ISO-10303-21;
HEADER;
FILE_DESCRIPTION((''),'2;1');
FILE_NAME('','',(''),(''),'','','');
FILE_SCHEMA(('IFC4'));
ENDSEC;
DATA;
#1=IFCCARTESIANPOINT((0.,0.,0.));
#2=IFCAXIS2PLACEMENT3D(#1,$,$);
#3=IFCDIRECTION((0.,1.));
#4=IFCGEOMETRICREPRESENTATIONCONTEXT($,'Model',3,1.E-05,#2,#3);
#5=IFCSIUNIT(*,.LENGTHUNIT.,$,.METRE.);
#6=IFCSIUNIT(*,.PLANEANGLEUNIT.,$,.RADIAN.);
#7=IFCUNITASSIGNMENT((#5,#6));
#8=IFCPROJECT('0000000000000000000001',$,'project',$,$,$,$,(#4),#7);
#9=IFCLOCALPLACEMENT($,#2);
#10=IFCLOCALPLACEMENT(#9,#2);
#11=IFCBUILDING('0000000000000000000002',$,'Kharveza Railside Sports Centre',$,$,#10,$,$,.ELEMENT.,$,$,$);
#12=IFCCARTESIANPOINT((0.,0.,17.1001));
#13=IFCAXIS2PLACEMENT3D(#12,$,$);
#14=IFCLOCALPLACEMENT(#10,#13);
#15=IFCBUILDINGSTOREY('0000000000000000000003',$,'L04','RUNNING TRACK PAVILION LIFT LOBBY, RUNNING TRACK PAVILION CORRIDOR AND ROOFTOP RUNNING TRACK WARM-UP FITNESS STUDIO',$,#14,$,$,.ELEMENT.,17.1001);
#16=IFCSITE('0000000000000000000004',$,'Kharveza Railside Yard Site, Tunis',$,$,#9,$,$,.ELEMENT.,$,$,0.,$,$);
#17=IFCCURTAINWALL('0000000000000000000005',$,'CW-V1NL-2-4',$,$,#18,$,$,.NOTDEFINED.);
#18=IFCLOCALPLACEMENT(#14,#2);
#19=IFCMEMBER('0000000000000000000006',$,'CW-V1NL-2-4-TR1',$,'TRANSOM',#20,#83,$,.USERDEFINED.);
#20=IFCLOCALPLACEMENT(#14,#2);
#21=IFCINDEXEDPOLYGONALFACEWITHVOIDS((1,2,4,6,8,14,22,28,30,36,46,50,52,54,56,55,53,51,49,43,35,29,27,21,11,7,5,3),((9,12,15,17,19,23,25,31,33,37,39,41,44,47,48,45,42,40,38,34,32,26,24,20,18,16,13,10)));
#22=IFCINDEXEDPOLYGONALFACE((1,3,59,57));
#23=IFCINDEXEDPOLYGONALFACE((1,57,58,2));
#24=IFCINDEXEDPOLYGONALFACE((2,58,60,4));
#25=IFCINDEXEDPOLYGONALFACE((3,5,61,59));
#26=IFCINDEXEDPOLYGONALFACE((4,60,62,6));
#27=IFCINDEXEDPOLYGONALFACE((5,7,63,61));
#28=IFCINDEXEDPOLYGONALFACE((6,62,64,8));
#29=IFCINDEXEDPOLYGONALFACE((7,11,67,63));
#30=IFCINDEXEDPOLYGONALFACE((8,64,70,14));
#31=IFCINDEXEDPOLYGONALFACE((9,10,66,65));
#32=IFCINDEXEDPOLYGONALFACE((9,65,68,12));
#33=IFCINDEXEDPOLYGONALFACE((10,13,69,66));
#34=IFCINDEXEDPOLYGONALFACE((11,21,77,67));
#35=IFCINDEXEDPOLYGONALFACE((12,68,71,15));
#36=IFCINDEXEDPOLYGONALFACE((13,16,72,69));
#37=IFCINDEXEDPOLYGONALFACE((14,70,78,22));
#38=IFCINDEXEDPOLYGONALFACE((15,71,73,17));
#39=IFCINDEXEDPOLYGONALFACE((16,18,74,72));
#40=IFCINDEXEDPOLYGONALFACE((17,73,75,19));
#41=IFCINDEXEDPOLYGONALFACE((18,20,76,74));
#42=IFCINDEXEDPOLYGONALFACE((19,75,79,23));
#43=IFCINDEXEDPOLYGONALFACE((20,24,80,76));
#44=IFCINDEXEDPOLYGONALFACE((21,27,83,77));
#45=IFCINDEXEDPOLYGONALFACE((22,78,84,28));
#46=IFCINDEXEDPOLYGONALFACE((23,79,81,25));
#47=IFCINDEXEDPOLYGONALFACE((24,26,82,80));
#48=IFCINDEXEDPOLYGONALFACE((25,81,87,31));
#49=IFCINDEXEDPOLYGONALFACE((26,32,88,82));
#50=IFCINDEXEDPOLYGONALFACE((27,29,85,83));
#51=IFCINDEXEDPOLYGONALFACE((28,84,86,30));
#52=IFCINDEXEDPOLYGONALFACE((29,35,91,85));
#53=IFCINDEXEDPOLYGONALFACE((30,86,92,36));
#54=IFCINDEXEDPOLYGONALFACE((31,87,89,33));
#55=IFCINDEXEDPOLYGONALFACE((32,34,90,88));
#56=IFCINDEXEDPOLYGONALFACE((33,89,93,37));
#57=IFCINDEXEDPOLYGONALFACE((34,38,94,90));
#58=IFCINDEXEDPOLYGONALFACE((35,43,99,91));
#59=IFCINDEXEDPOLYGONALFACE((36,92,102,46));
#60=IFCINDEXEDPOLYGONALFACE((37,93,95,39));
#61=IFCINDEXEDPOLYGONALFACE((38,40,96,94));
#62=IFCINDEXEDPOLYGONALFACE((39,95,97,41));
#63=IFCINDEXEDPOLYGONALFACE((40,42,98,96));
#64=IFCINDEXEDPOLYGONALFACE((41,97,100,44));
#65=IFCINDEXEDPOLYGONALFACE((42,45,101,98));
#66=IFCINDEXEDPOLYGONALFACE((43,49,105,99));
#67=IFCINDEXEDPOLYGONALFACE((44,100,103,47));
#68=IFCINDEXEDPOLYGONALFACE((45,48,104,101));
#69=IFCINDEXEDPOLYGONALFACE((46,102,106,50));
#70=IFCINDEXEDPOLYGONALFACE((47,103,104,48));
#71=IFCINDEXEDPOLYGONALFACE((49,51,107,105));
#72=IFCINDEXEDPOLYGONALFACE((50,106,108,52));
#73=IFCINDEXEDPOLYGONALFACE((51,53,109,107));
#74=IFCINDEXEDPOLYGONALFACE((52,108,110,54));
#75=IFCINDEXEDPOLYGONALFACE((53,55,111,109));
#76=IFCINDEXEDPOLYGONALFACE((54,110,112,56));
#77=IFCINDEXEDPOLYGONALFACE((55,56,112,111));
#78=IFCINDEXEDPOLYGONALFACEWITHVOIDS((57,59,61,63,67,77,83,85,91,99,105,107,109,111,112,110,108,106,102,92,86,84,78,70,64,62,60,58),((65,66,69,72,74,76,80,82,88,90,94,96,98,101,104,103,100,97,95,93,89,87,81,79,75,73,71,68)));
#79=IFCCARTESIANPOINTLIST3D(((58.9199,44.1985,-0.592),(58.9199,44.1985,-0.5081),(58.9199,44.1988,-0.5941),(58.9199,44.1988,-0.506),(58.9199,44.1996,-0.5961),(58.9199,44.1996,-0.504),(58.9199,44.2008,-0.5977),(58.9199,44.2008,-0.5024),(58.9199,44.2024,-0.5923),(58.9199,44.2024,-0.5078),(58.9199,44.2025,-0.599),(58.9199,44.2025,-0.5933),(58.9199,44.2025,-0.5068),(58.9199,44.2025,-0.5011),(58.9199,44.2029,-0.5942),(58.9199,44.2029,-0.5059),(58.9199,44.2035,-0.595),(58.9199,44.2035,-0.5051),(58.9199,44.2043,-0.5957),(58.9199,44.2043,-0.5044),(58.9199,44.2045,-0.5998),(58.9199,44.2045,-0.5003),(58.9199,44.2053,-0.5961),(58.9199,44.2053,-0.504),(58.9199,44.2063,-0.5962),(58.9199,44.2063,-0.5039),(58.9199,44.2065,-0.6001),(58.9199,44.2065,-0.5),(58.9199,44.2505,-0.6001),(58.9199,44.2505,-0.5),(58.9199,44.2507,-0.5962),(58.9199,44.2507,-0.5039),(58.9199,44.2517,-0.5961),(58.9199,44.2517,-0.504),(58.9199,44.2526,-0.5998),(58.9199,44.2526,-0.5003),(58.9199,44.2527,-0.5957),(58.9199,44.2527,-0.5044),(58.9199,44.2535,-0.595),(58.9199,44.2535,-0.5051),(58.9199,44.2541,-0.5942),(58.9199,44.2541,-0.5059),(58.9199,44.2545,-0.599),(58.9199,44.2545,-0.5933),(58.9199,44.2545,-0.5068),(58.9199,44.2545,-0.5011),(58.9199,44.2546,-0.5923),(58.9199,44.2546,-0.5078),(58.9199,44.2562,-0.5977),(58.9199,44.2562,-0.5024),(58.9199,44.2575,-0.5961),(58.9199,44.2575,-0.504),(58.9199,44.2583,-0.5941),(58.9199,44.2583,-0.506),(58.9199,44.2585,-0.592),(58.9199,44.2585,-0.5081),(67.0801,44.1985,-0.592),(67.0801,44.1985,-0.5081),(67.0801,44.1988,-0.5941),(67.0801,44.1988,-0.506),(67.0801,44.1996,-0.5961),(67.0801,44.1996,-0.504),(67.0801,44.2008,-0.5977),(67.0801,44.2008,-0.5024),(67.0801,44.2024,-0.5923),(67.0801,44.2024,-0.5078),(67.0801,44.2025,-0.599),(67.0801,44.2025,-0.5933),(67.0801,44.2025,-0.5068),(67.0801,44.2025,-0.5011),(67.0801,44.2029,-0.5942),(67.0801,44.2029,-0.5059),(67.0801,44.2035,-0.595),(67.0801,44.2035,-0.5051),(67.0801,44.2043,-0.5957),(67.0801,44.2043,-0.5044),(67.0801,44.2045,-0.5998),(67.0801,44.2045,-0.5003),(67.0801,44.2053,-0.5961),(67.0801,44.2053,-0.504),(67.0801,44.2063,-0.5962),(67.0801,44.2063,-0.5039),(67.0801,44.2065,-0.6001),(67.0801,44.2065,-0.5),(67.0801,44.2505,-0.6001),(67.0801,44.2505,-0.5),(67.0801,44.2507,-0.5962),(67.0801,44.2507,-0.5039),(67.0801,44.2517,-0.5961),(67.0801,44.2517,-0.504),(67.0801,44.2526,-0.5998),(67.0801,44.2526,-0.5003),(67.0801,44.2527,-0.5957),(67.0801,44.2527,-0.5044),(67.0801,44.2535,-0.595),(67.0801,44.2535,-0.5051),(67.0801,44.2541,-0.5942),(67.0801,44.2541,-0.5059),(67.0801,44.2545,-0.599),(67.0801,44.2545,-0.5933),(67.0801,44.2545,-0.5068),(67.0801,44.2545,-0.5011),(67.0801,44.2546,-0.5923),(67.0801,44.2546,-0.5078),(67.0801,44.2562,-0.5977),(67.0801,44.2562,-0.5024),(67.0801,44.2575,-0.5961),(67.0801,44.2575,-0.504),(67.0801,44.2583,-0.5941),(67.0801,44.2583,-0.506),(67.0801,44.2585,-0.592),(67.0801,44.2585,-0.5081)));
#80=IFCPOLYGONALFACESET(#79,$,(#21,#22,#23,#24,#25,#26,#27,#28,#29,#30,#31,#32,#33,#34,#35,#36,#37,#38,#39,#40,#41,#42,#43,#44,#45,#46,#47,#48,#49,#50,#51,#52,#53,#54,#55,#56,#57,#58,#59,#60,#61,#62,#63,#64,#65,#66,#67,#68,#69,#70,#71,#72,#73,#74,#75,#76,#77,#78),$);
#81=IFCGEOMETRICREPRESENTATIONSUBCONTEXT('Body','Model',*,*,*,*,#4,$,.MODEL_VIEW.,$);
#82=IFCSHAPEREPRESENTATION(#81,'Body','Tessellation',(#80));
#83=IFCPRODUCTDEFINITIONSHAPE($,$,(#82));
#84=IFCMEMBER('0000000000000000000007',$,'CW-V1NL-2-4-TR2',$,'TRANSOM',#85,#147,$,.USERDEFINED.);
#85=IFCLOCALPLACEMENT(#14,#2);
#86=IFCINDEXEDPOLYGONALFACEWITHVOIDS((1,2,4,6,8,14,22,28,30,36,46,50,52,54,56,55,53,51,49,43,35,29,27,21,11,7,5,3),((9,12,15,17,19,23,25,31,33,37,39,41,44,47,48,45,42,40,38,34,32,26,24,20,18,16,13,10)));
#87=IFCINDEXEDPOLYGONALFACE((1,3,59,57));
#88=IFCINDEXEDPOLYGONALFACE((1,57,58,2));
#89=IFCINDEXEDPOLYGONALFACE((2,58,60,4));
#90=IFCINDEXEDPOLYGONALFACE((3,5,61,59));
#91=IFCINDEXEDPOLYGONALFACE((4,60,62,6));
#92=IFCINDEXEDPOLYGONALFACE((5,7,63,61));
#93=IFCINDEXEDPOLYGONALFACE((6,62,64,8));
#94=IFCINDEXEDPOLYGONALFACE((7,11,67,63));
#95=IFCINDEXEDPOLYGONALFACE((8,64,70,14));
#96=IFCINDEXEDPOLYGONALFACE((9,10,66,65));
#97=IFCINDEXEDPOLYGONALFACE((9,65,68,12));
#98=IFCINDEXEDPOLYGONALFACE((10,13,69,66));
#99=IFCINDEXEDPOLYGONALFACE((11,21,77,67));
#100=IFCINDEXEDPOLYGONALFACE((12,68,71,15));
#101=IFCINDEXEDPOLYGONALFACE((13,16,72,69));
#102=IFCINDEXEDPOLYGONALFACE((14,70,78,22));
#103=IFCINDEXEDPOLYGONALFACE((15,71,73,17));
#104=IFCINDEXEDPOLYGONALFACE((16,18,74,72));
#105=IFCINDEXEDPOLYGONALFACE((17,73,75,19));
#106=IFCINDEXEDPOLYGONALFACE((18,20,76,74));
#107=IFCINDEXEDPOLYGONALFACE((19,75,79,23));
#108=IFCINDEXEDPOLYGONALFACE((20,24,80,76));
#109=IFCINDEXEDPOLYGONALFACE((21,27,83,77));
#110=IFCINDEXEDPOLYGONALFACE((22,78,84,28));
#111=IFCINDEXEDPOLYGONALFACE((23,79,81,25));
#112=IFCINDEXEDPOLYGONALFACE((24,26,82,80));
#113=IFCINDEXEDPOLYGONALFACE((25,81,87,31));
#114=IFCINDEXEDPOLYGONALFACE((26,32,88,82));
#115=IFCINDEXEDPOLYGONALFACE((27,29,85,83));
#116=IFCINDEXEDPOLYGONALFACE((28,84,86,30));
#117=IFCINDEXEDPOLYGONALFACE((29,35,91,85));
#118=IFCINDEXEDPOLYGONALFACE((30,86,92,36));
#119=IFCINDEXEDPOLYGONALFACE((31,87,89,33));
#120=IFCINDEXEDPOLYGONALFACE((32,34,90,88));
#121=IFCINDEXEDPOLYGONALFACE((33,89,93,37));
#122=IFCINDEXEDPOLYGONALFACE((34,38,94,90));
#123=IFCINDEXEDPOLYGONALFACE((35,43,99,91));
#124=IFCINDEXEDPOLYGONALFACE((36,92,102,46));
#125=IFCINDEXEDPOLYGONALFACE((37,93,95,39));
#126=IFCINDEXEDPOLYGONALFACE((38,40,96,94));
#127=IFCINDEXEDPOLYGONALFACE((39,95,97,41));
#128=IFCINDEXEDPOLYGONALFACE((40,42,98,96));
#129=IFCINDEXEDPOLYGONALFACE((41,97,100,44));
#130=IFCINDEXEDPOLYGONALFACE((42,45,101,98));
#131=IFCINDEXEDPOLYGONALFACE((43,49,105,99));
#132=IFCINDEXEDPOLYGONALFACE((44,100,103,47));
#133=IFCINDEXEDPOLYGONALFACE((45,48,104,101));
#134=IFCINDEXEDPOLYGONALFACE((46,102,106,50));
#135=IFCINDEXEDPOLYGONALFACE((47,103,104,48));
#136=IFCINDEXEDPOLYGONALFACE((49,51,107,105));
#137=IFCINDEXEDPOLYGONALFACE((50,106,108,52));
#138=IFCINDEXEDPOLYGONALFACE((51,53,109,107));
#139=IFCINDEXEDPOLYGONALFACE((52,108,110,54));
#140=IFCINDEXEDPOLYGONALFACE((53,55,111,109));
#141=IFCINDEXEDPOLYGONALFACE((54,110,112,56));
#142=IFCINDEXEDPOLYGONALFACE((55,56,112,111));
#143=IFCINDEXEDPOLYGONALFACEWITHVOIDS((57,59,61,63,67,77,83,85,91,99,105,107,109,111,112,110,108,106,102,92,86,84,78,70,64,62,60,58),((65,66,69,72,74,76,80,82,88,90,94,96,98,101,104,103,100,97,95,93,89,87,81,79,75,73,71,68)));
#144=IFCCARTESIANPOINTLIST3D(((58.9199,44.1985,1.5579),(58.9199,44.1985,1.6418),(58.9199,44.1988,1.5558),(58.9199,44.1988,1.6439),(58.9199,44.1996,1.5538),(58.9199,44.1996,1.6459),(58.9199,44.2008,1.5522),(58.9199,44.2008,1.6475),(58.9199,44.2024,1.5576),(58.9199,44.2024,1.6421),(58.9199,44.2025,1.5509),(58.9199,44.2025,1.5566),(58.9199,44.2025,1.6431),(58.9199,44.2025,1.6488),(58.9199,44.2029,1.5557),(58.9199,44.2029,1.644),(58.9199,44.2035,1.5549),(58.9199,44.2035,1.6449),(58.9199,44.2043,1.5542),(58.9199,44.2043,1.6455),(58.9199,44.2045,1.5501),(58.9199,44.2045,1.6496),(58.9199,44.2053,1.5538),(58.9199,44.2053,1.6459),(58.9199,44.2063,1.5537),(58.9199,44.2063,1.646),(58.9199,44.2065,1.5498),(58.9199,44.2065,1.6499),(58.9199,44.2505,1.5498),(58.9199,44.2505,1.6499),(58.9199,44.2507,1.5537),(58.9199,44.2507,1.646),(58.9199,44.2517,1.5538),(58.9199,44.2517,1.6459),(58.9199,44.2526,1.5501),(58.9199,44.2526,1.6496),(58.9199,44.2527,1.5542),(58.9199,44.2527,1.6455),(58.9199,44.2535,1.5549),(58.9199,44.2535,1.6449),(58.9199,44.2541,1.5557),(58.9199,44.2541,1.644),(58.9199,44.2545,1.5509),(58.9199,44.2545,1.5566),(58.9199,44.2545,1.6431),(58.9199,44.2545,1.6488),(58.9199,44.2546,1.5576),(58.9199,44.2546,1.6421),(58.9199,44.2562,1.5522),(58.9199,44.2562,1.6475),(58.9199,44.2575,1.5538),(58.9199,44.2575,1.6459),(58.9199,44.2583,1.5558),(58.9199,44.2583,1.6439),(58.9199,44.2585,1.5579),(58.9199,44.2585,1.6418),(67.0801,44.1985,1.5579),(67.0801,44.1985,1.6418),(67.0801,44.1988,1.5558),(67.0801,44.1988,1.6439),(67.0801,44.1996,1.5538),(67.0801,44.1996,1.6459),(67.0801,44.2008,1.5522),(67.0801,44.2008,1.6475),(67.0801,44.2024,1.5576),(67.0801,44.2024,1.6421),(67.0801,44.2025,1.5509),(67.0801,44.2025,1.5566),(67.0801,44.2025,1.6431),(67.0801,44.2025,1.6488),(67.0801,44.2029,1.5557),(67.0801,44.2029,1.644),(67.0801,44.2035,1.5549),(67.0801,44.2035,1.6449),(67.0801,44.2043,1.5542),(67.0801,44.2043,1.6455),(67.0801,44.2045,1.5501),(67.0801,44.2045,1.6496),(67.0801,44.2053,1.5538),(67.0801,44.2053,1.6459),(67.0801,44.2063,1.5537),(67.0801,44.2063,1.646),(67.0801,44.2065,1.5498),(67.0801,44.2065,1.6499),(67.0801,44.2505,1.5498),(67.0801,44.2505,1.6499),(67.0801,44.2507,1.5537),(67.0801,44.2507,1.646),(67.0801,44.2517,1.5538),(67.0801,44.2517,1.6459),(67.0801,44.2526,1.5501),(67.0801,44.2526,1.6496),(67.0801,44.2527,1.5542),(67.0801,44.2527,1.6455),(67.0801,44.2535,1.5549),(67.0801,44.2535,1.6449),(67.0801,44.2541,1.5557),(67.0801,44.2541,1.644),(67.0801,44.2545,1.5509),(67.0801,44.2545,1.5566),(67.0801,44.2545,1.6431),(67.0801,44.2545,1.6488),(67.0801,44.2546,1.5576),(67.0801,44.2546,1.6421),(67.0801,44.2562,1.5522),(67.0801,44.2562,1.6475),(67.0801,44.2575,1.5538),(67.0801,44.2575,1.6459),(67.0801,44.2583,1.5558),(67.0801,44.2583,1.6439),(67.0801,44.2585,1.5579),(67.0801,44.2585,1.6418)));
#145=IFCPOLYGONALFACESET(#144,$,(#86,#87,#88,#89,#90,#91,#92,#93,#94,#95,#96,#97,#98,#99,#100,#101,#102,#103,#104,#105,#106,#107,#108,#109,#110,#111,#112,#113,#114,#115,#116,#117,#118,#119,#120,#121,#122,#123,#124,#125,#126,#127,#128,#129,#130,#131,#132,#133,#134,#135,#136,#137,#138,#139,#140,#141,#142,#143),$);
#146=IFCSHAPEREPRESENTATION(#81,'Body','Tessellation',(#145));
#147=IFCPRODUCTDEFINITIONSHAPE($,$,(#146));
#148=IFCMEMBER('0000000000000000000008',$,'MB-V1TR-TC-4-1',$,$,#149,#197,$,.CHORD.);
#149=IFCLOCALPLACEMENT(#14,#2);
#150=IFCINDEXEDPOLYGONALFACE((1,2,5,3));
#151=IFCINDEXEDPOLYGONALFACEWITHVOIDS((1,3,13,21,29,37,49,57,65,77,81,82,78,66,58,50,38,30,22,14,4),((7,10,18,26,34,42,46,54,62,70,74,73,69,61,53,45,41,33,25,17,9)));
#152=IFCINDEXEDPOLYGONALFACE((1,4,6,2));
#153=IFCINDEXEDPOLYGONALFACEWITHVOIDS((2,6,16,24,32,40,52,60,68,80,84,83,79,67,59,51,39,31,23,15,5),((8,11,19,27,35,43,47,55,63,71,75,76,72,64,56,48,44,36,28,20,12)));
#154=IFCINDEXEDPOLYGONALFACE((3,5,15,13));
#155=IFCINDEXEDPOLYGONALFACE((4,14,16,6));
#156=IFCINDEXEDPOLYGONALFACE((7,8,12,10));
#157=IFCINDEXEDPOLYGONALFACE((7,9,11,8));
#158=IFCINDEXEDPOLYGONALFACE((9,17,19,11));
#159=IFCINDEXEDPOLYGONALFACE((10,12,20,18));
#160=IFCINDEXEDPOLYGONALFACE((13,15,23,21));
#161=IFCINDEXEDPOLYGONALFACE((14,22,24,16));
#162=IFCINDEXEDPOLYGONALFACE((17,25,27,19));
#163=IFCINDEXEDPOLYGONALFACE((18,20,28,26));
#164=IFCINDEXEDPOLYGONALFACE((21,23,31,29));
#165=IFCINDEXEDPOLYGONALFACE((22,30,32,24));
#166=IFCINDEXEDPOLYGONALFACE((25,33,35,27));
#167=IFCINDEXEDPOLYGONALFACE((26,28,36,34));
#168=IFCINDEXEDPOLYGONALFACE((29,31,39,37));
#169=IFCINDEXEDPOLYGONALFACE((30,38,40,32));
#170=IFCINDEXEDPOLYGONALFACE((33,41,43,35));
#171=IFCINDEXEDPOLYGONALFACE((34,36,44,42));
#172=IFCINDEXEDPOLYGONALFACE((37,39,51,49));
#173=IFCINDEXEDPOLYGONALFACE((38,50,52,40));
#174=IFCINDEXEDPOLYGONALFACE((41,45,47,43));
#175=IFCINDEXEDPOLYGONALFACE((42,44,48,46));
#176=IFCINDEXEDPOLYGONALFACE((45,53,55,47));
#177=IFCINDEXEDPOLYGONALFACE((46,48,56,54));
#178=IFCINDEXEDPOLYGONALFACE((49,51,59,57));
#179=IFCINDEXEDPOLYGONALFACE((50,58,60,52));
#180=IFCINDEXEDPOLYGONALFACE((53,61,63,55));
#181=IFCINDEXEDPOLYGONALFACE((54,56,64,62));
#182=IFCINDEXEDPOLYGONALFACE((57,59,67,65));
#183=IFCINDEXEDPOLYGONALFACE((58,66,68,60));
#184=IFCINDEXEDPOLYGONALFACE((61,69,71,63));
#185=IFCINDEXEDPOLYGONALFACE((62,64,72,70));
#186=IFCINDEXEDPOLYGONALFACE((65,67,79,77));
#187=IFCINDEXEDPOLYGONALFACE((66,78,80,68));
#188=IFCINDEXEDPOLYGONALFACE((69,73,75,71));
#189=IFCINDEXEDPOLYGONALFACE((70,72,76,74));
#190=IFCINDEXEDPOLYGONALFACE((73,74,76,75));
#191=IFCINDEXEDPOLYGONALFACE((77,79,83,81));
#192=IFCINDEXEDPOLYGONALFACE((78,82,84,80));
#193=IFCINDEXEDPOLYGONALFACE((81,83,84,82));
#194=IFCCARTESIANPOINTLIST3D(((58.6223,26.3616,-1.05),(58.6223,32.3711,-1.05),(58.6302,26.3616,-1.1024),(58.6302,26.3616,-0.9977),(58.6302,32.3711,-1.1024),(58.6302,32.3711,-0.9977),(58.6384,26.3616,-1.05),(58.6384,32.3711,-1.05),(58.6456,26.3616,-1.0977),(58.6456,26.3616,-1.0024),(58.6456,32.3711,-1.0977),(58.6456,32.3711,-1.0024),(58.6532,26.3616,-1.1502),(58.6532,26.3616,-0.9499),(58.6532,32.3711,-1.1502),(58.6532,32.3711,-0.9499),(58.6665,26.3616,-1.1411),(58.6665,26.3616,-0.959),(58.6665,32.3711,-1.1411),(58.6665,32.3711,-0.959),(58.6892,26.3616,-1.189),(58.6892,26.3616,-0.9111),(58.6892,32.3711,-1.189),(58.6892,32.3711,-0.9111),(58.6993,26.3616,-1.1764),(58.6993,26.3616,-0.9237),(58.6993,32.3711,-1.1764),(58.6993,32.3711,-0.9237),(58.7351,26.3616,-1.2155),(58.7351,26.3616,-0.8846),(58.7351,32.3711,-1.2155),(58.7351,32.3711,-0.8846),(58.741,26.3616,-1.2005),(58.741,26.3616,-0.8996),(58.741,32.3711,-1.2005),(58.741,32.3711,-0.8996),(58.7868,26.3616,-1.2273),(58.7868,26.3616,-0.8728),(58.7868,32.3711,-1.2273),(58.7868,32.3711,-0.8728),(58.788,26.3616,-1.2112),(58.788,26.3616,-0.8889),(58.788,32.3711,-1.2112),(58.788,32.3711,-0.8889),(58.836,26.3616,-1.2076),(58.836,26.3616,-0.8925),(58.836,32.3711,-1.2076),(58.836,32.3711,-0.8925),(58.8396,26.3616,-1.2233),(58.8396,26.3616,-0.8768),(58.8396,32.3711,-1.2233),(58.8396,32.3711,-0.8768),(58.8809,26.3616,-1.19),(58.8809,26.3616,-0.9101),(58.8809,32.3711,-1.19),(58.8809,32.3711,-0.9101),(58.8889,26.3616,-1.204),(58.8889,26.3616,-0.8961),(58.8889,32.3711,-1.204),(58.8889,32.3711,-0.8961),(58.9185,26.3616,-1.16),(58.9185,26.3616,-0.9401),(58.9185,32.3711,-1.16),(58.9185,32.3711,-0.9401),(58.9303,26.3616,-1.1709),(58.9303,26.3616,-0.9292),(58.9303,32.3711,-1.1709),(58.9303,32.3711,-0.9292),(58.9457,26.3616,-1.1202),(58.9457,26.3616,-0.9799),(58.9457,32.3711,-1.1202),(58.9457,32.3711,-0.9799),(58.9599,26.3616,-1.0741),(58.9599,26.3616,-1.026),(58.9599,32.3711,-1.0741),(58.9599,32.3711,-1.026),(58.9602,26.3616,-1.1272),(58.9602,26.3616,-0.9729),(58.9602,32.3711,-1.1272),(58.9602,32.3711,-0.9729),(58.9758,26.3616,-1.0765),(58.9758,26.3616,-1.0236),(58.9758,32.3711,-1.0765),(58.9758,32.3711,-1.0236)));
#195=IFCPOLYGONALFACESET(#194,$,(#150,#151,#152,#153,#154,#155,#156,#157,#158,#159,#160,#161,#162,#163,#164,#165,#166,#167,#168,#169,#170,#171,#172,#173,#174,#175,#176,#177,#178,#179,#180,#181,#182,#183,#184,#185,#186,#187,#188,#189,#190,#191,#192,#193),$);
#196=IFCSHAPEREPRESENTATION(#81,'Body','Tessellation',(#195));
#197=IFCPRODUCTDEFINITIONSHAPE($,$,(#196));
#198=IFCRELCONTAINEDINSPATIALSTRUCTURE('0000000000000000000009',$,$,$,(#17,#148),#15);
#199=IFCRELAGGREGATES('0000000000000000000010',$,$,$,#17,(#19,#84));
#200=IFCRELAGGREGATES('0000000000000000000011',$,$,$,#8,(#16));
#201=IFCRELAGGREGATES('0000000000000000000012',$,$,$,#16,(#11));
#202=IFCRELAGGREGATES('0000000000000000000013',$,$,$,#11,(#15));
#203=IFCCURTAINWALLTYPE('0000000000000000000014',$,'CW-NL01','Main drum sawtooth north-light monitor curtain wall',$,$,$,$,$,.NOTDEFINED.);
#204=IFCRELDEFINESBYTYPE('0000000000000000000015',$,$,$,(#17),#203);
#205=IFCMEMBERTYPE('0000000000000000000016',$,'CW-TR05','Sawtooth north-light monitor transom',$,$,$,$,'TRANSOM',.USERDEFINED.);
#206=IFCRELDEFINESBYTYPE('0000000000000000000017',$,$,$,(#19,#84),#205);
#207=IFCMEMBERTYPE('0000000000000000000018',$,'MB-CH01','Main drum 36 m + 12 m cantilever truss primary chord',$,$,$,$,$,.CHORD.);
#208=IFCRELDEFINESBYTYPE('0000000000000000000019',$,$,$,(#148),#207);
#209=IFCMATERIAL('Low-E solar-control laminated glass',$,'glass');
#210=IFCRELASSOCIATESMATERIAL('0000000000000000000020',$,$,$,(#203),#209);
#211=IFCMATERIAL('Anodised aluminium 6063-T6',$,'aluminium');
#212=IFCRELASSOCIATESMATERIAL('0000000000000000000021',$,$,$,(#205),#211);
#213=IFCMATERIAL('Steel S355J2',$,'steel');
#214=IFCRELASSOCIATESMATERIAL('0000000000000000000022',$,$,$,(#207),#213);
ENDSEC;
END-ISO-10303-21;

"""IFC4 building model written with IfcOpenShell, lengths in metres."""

from ifc_helpers import new_model, si_unit, direction, frame, origin, origin_2d, place, context, subcontext, project, spatial, hollow_rectangle, hollow_circle, extrude, material, material_profile, profile_set, type_object, element, aggregate, save


model = new_model("IFC4")

# Units and contexts
model_context = context("Model", 3, precision=1e-05, world=origin(), true_north=direction((0.0, 1.0)))
body_context = subcontext(model_context, "Body", "Model", "MODEL_VIEW")
ifc_project = project(units=[si_unit("LENGTHUNIT", "METRE"), si_unit("PLANEANGLEUNIT", "RADIAN")], contexts=[model_context])

# Site, building, storey
site_placement = place(None, origin())
site = spatial("IfcSite", under=ifc_project, at=site_placement, Name="Kharveza Railside Yard Site, Tunis", CompositionType="ELEMENT", RefElevation=0.0)
building_placement = place(site_placement, origin())
building = spatial("IfcBuilding", under=site, at=building_placement, Name="Kharveza Railside Sports Centre", CompositionType="ELEMENT")
storey_placement = place(building_placement, frame((0.0, 0.0, 17.1001)))
storey = spatial("IfcBuildingStorey", under=building, at=storey_placement, Name="L04", Description="RUNNING TRACK PAVILION LIFT LOBBY, RUNNING TRACK PAVILION CORRIDOR AND ROOFTOP RUNNING TRACK WARM-UP FITNESS STUDIO", CompositionType="ELEMENT", Elevation=17.1001)

# Shared definitions
ifc_material_1 = material(Name="Low-E solar-control laminated glass", Category="glass")
curtain_wall_type = type_object("IfcCurtainWallType", Name="CW-NL01", Description="Main drum sawtooth north-light monitor curtain wall", PredefinedType="NOTDEFINED", material=ifc_material_1)
ifc_material_2 = material(Name="Anodised aluminium 6063-T6", Category="aluminium")

# Curtain wall
curtain_wall_1_placement = place(storey_placement, origin())
curtain_wall_1 = element("IfcCurtainWall", 1, at=curtain_wall_1_placement, inside=storey, type_object=curtain_wall_type, Name="CW-V1NL-2-4", PredefinedType="NOTDEFINED")

# Members
ifc_material_profile_1 = material_profile(ifc_material_2, hollow_rectangle(XDim=0.0601, YDim=0.1001, WallThickness=0.0039, InnerFilletRadius=0.0039, OuterFilletRadius=0.0081, at=origin_2d()), Name="RHS 60x100x4.0")
ifc_profile_set_1 = profile_set([ifc_material_profile_1], Name="Anodised aluminium 6063-T6")
member_type_1 = type_object("IfcMemberType", Name="CW-TR05", Description="Sawtooth north-light monitor transom", ElementType="TRANSOM", PredefinedType="USERDEFINED", material=ifc_profile_set_1)
member_1_placement = place(storey_placement, frame((58.9199, 44.2285, -0.55), z_axis=(1.0, 0.0, 0.0), x_axis=(0.0, 1.0, 0.0)))
member_1 = element("IfcMember", 2, at=member_1_placement, type_object=member_type_1, Name="CW-V1NL-2-4-TR1", ObjectType="TRANSOM", PredefinedType="USERDEFINED", context=body_context, shape_type="SweptSolid", body=[
    extrude(hollow_rectangle(XDim=0.0601, YDim=0.1001, WallThickness=0.0039, InnerFilletRadius=0.0039, OuterFilletRadius=0.0081, at=origin_2d()), origin(), (0.0, 0.0, 1.0), 8.1602),
])
member_2_placement = place(storey_placement, frame((58.9199, 44.2285, 1.5999), z_axis=(1.0, 0.0, 0.0), x_axis=(0.0, 1.0, 0.0)))
member_2 = element("IfcMember", 3, at=member_2_placement, type_object=member_type_1, Name="CW-V1NL-2-4-TR2", ObjectType="TRANSOM", PredefinedType="USERDEFINED", context=body_context, shape_type="SweptSolid", body=[
    extrude(hollow_rectangle(XDim=0.0601, YDim=0.1001, WallThickness=0.0039, InnerFilletRadius=0.0039, OuterFilletRadius=0.0081, at=origin_2d()), origin(), (0.0, 0.0, 1.0), 8.1602),
])
aggregate(curtain_wall_1, [member_1, member_2])

# Member
ifc_material_3 = material(Name="Steel S355J2", Category="steel")
ifc_material_profile_2 = material_profile(ifc_material_3, hollow_circle(Radius=0.1777, WallThickness=0.0161, at=origin_2d()), Name="CHS 355.6x16.0")
ifc_profile_set_2 = profile_set([ifc_material_profile_2], Name="Steel S355J2")
member_type_2 = type_object("IfcMemberType", Name="MB-CH01", Description="Main drum 36 m + 12 m cantilever truss primary chord", PredefinedType="CHORD", material=ifc_profile_set_2)
for number, where, z_axis, x_axis, name in (
    (4, (58.8, 26.3616, -1.05), (0.0, 1.0, 0.0), (-1.0, 0.0, 0.0), "MB-V1TR-TC-4-1"),
):
    element("IfcMember", number, at=place(storey_placement, frame(where, z_axis=z_axis, x_axis=x_axis)), inside=storey, type_object=member_type_2, Name=name, PredefinedType="CHORD", context=body_context, shape_type="SweptSolid", body=[
        extrude(hollow_circle(Radius=0.1777, WallThickness=0.0161, at=origin_2d()), origin(), (0.0, 0.0, 1.0), 6.0095),
    ])

save(model, "model.ifc")
